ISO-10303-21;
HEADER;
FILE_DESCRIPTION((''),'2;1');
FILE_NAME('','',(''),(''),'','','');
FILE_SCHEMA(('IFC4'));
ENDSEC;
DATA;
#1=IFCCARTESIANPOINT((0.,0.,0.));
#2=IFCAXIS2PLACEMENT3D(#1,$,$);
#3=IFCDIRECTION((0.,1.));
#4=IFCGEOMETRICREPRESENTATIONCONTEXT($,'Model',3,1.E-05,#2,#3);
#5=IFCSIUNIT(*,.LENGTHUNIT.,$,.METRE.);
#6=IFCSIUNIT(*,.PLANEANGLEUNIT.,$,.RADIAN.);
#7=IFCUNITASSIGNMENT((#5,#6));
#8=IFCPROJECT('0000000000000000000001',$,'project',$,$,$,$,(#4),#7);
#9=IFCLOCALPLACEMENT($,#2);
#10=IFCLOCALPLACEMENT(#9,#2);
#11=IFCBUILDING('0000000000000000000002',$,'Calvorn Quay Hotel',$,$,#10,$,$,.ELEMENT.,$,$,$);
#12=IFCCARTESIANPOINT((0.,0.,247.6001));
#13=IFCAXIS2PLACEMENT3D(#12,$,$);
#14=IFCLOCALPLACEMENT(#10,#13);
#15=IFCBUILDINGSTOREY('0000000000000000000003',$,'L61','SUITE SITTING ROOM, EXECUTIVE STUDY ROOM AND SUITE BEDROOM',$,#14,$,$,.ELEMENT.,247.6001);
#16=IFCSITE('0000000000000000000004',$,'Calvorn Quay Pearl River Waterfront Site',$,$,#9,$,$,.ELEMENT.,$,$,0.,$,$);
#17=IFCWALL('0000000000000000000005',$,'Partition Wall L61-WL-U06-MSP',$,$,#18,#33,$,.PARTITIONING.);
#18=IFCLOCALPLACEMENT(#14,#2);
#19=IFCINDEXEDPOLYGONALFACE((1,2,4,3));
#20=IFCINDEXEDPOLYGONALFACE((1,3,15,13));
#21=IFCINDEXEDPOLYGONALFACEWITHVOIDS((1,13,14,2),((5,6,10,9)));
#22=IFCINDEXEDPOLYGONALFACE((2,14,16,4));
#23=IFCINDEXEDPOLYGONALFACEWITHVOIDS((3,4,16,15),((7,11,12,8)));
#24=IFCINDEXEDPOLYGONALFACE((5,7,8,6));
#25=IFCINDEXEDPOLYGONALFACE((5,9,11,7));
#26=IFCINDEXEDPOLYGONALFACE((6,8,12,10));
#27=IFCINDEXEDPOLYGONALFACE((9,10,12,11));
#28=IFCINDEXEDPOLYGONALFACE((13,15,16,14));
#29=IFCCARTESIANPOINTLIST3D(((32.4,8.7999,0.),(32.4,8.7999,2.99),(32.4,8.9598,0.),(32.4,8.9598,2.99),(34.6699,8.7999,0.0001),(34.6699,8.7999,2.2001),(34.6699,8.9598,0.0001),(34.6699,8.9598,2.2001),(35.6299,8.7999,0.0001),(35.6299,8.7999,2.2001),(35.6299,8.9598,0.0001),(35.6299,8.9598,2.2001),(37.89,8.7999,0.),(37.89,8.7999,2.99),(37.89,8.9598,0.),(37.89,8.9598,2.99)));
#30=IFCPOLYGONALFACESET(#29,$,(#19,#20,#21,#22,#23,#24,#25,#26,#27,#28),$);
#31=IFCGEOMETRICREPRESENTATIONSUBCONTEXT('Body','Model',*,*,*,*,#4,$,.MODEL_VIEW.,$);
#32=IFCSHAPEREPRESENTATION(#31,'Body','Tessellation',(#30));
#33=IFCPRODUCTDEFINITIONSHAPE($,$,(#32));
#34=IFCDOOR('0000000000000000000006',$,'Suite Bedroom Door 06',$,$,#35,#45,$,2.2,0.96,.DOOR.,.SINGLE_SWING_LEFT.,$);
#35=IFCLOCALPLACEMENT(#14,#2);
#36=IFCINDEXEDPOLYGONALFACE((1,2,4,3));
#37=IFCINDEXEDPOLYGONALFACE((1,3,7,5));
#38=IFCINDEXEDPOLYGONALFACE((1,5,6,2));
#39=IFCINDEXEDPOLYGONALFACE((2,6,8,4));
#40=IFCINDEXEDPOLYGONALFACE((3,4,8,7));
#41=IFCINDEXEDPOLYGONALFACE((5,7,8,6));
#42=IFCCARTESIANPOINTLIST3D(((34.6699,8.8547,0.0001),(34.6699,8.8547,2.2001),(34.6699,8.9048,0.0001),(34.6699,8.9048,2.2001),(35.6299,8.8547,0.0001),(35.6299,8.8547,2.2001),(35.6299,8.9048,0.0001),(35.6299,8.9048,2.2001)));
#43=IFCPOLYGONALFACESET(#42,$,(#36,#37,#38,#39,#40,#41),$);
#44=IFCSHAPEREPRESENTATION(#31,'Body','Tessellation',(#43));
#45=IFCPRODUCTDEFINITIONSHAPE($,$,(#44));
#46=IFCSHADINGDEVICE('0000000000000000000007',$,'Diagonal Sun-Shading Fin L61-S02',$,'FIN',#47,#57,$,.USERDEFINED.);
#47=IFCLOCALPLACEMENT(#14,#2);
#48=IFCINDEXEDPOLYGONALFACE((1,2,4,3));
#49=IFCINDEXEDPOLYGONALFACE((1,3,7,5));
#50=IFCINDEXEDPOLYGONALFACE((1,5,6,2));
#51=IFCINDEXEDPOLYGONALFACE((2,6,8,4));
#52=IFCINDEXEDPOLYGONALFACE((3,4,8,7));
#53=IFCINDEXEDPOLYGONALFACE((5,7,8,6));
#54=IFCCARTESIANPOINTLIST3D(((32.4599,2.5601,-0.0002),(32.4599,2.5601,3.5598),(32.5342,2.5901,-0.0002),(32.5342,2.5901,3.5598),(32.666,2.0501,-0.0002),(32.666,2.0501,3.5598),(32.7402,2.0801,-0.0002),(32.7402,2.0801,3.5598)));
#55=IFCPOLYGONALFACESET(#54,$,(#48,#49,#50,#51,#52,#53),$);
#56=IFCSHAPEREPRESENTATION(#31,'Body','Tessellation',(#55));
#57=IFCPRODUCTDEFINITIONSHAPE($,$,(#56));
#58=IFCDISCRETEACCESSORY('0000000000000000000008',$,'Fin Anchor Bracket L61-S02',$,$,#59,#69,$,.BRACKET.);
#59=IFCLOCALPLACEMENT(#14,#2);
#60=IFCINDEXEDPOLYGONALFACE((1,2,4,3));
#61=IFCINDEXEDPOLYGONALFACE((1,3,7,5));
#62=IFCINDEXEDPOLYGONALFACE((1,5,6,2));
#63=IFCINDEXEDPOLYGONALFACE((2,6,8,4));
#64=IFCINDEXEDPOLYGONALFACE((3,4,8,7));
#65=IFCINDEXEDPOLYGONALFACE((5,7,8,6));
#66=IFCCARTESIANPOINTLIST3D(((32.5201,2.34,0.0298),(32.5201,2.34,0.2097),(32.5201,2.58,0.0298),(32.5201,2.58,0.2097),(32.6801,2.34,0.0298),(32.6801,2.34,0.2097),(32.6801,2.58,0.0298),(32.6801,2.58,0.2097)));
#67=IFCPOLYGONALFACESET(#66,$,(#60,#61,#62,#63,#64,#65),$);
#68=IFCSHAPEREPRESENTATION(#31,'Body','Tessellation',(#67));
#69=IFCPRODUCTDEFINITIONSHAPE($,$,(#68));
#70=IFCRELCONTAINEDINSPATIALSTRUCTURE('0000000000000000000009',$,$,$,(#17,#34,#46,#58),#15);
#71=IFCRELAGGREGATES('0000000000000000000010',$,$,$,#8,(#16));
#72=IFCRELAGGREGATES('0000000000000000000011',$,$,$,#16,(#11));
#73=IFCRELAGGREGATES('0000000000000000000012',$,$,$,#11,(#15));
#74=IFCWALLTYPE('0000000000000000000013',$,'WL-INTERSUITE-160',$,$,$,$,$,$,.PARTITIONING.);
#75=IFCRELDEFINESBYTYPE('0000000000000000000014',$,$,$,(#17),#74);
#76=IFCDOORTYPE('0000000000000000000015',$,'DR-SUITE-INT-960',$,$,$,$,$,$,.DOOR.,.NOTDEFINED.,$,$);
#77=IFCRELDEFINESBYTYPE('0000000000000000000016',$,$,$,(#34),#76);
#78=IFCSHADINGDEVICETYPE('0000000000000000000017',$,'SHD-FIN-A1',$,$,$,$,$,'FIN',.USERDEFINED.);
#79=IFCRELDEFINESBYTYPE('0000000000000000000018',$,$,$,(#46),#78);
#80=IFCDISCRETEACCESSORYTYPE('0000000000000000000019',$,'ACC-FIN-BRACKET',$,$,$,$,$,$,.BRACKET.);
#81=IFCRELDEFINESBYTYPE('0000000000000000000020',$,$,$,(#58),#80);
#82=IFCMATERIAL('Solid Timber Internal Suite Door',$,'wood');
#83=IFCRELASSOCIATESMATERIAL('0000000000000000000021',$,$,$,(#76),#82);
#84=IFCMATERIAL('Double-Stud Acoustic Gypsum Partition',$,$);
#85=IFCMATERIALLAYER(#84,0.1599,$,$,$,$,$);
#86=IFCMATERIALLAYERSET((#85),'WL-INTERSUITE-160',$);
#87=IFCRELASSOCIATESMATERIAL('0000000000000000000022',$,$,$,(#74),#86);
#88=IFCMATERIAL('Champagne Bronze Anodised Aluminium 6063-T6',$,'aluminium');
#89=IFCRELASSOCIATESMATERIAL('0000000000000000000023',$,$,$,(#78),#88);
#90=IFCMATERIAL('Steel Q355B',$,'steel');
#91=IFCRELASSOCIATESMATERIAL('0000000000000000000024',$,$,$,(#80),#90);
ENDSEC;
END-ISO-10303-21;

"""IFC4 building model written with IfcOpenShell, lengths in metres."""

from ifc_helpers import new_model, si_unit, direction, frame, frame_2d, origin, origin_2d, place, context, subcontext, project, spatial, rectangle, extrude, material, layer, layer_set, type_object, element, fill, save


model = new_model("IFC4")

# Units and contexts
model_context = context("Model", 3, precision=1e-05, world=origin(), true_north=direction((0.0, 1.0)))
body_context = subcontext(model_context, "Body", "Model", "MODEL_VIEW")
ifc_project = project(units=[si_unit("LENGTHUNIT", "METRE"), si_unit("PLANEANGLEUNIT", "RADIAN")], contexts=[model_context])

# Site, building, storey
site_placement = place(None, origin())
site = spatial("IfcSite", under=ifc_project, at=site_placement, Name="Calvorn Quay Pearl River Waterfront Site", CompositionType="ELEMENT", RefElevation=0.0)
building_placement = place(site_placement, origin())
building = spatial("IfcBuilding", under=site, at=building_placement, Name="Calvorn Quay Hotel", CompositionType="ELEMENT")
storey_placement = place(building_placement, frame((0.0, 0.0, 247.6001)))
storey = spatial("IfcBuildingStorey", under=building, at=storey_placement, Name="L61", Description="SUITE SITTING ROOM, EXECUTIVE STUDY ROOM AND SUITE BEDROOM", CompositionType="ELEMENT", Elevation=247.6001)

# Shared definitions
ifc_material_1 = material(Name="Solid Timber Internal Suite Door", Category="wood")
door_type_1 = type_object("IfcDoorType", Name="DR-SUITE-INT-960", OperationType="NOTDEFINED", PredefinedType="DOOR", material=ifc_material_1)

# Wall, opening, door
ifc_material_2 = material(Name="Double-Stud Acoustic Gypsum Partition")
ifc_layer_1 = layer(ifc_material_2, 0.1599)
ifc_layer_set_1 = layer_set([ifc_layer_1], Name="WL-INTERSUITE-160")
wall_type_1 = type_object("IfcWallType", Name="WL-INTERSUITE-160", PredefinedType="PARTITIONING", material=ifc_layer_set_1)
wall_1_placement = place(storey_placement, frame((32.3999, 8.8799, 0.0), z_axis=(0.0, 0.0, 1.0), x_axis=(1.0, 0.0, 0.0)))
wall_1 = element("IfcWall", 1, at=wall_1_placement, inside=storey, type_object=wall_type_1, Name="Partition Wall L61-WL-U06-MSP", PredefinedType="PARTITIONING", context=body_context, shape_type="SweptSolid", body=[
    extrude(rectangle(XDim=5.49, YDim=0.1599, at=frame_2d((2.7451, 0.0))), origin(), (0.0, 0.0, 1.0), 2.99),
])
opening_1_placement = place(wall_1_placement, frame((2.27, 0.0, 0.0)))
opening_1 = element("IfcOpeningElement", 2, at=opening_1_placement, cuts=wall_1, PredefinedType="OPENING", context=body_context, shape_type="SweptSolid", body=[
    extrude(rectangle(XDim=0.96, YDim=2.2, at=frame_2d((0.48, 1.1001))), frame((0.0, 0.0898, 0.0), z_axis=(0.0, -1.0, 0.0), x_axis=(1.0, 0.0, 0.0)), (0.0, 0.0, 1.0), 0.1799),
])
door_1_placement = place(opening_1_placement, origin())
door_1 = element("IfcDoor", 3, at=door_1_placement, inside=storey, type_object=door_type_1, Name="Suite Bedroom Door 06", OperationType="SINGLE_SWING_LEFT", OverallHeight=2.2, OverallWidth=0.96, PredefinedType="DOOR", context=body_context, shape_type="SweptSolid", body=[
    extrude(rectangle(XDim=0.96, YDim=2.2, at=frame_2d((0.48, 1.1001))), frame((0.0, 0.0249, 0.0), z_axis=(0.0, -1.0, 0.0), x_axis=(1.0, 0.0, 0.0)), (0.0, 0.0, 1.0), 0.05),
])
fill(opening_1, door_1)

# Shading device
ifc_material_3 = material(Name="Champagne Bronze Anodised Aluminium 6063-T6", Category="aluminium")
shading_device_type = type_object("IfcShadingDeviceType", Name="SHD-FIN-A1", ElementType="FIN", PredefinedType="USERDEFINED", material=ifc_material_3)
shading_device_placement = place(storey_placement, frame((32.6001, 2.3201, -0.0002), z_axis=(0.0, 0.0, 1.0), x_axis=(-0.374607, 0.927184, 0.0)))
element("IfcShadingDevice", 4, at=shading_device_placement, inside=storey, type_object=shading_device_type, Name="Diagonal Sun-Shading Fin L61-S02", ObjectType="FIN", PredefinedType="USERDEFINED", context=body_context, shape_type="SweptSolid", body=[
    extrude(rectangle(XDim=0.55, YDim=0.0801, at=origin_2d()), origin(), (0.0, 0.0, 1.0), 3.5601),
])

# Discrete accessory
ifc_material_4 = material(Name="Steel Q355B", Category="steel")
discrete_accessory_type = type_object("IfcDiscreteAccessoryType", Name="ACC-FIN-BRACKET", PredefinedType="BRACKET", material=ifc_material_4)
discrete_accessory_placement = place(storey_placement, frame((32.6001, 2.46, 0.0298), z_axis=(0.0, 0.0, 1.0), x_axis=(0.0, 1.0, 0.0)))
element("IfcDiscreteAccessory", 5, at=discrete_accessory_placement, inside=storey, type_object=discrete_accessory_type, Name="Fin Anchor Bracket L61-S02", PredefinedType="BRACKET", context=body_context, shape_type="SweptSolid", body=[
    extrude(rectangle(XDim=0.24, YDim=0.1599, at=origin_2d()), origin(), (0.0, 0.0, 1.0), 0.1799),
])

save(model, "model.ifc")
